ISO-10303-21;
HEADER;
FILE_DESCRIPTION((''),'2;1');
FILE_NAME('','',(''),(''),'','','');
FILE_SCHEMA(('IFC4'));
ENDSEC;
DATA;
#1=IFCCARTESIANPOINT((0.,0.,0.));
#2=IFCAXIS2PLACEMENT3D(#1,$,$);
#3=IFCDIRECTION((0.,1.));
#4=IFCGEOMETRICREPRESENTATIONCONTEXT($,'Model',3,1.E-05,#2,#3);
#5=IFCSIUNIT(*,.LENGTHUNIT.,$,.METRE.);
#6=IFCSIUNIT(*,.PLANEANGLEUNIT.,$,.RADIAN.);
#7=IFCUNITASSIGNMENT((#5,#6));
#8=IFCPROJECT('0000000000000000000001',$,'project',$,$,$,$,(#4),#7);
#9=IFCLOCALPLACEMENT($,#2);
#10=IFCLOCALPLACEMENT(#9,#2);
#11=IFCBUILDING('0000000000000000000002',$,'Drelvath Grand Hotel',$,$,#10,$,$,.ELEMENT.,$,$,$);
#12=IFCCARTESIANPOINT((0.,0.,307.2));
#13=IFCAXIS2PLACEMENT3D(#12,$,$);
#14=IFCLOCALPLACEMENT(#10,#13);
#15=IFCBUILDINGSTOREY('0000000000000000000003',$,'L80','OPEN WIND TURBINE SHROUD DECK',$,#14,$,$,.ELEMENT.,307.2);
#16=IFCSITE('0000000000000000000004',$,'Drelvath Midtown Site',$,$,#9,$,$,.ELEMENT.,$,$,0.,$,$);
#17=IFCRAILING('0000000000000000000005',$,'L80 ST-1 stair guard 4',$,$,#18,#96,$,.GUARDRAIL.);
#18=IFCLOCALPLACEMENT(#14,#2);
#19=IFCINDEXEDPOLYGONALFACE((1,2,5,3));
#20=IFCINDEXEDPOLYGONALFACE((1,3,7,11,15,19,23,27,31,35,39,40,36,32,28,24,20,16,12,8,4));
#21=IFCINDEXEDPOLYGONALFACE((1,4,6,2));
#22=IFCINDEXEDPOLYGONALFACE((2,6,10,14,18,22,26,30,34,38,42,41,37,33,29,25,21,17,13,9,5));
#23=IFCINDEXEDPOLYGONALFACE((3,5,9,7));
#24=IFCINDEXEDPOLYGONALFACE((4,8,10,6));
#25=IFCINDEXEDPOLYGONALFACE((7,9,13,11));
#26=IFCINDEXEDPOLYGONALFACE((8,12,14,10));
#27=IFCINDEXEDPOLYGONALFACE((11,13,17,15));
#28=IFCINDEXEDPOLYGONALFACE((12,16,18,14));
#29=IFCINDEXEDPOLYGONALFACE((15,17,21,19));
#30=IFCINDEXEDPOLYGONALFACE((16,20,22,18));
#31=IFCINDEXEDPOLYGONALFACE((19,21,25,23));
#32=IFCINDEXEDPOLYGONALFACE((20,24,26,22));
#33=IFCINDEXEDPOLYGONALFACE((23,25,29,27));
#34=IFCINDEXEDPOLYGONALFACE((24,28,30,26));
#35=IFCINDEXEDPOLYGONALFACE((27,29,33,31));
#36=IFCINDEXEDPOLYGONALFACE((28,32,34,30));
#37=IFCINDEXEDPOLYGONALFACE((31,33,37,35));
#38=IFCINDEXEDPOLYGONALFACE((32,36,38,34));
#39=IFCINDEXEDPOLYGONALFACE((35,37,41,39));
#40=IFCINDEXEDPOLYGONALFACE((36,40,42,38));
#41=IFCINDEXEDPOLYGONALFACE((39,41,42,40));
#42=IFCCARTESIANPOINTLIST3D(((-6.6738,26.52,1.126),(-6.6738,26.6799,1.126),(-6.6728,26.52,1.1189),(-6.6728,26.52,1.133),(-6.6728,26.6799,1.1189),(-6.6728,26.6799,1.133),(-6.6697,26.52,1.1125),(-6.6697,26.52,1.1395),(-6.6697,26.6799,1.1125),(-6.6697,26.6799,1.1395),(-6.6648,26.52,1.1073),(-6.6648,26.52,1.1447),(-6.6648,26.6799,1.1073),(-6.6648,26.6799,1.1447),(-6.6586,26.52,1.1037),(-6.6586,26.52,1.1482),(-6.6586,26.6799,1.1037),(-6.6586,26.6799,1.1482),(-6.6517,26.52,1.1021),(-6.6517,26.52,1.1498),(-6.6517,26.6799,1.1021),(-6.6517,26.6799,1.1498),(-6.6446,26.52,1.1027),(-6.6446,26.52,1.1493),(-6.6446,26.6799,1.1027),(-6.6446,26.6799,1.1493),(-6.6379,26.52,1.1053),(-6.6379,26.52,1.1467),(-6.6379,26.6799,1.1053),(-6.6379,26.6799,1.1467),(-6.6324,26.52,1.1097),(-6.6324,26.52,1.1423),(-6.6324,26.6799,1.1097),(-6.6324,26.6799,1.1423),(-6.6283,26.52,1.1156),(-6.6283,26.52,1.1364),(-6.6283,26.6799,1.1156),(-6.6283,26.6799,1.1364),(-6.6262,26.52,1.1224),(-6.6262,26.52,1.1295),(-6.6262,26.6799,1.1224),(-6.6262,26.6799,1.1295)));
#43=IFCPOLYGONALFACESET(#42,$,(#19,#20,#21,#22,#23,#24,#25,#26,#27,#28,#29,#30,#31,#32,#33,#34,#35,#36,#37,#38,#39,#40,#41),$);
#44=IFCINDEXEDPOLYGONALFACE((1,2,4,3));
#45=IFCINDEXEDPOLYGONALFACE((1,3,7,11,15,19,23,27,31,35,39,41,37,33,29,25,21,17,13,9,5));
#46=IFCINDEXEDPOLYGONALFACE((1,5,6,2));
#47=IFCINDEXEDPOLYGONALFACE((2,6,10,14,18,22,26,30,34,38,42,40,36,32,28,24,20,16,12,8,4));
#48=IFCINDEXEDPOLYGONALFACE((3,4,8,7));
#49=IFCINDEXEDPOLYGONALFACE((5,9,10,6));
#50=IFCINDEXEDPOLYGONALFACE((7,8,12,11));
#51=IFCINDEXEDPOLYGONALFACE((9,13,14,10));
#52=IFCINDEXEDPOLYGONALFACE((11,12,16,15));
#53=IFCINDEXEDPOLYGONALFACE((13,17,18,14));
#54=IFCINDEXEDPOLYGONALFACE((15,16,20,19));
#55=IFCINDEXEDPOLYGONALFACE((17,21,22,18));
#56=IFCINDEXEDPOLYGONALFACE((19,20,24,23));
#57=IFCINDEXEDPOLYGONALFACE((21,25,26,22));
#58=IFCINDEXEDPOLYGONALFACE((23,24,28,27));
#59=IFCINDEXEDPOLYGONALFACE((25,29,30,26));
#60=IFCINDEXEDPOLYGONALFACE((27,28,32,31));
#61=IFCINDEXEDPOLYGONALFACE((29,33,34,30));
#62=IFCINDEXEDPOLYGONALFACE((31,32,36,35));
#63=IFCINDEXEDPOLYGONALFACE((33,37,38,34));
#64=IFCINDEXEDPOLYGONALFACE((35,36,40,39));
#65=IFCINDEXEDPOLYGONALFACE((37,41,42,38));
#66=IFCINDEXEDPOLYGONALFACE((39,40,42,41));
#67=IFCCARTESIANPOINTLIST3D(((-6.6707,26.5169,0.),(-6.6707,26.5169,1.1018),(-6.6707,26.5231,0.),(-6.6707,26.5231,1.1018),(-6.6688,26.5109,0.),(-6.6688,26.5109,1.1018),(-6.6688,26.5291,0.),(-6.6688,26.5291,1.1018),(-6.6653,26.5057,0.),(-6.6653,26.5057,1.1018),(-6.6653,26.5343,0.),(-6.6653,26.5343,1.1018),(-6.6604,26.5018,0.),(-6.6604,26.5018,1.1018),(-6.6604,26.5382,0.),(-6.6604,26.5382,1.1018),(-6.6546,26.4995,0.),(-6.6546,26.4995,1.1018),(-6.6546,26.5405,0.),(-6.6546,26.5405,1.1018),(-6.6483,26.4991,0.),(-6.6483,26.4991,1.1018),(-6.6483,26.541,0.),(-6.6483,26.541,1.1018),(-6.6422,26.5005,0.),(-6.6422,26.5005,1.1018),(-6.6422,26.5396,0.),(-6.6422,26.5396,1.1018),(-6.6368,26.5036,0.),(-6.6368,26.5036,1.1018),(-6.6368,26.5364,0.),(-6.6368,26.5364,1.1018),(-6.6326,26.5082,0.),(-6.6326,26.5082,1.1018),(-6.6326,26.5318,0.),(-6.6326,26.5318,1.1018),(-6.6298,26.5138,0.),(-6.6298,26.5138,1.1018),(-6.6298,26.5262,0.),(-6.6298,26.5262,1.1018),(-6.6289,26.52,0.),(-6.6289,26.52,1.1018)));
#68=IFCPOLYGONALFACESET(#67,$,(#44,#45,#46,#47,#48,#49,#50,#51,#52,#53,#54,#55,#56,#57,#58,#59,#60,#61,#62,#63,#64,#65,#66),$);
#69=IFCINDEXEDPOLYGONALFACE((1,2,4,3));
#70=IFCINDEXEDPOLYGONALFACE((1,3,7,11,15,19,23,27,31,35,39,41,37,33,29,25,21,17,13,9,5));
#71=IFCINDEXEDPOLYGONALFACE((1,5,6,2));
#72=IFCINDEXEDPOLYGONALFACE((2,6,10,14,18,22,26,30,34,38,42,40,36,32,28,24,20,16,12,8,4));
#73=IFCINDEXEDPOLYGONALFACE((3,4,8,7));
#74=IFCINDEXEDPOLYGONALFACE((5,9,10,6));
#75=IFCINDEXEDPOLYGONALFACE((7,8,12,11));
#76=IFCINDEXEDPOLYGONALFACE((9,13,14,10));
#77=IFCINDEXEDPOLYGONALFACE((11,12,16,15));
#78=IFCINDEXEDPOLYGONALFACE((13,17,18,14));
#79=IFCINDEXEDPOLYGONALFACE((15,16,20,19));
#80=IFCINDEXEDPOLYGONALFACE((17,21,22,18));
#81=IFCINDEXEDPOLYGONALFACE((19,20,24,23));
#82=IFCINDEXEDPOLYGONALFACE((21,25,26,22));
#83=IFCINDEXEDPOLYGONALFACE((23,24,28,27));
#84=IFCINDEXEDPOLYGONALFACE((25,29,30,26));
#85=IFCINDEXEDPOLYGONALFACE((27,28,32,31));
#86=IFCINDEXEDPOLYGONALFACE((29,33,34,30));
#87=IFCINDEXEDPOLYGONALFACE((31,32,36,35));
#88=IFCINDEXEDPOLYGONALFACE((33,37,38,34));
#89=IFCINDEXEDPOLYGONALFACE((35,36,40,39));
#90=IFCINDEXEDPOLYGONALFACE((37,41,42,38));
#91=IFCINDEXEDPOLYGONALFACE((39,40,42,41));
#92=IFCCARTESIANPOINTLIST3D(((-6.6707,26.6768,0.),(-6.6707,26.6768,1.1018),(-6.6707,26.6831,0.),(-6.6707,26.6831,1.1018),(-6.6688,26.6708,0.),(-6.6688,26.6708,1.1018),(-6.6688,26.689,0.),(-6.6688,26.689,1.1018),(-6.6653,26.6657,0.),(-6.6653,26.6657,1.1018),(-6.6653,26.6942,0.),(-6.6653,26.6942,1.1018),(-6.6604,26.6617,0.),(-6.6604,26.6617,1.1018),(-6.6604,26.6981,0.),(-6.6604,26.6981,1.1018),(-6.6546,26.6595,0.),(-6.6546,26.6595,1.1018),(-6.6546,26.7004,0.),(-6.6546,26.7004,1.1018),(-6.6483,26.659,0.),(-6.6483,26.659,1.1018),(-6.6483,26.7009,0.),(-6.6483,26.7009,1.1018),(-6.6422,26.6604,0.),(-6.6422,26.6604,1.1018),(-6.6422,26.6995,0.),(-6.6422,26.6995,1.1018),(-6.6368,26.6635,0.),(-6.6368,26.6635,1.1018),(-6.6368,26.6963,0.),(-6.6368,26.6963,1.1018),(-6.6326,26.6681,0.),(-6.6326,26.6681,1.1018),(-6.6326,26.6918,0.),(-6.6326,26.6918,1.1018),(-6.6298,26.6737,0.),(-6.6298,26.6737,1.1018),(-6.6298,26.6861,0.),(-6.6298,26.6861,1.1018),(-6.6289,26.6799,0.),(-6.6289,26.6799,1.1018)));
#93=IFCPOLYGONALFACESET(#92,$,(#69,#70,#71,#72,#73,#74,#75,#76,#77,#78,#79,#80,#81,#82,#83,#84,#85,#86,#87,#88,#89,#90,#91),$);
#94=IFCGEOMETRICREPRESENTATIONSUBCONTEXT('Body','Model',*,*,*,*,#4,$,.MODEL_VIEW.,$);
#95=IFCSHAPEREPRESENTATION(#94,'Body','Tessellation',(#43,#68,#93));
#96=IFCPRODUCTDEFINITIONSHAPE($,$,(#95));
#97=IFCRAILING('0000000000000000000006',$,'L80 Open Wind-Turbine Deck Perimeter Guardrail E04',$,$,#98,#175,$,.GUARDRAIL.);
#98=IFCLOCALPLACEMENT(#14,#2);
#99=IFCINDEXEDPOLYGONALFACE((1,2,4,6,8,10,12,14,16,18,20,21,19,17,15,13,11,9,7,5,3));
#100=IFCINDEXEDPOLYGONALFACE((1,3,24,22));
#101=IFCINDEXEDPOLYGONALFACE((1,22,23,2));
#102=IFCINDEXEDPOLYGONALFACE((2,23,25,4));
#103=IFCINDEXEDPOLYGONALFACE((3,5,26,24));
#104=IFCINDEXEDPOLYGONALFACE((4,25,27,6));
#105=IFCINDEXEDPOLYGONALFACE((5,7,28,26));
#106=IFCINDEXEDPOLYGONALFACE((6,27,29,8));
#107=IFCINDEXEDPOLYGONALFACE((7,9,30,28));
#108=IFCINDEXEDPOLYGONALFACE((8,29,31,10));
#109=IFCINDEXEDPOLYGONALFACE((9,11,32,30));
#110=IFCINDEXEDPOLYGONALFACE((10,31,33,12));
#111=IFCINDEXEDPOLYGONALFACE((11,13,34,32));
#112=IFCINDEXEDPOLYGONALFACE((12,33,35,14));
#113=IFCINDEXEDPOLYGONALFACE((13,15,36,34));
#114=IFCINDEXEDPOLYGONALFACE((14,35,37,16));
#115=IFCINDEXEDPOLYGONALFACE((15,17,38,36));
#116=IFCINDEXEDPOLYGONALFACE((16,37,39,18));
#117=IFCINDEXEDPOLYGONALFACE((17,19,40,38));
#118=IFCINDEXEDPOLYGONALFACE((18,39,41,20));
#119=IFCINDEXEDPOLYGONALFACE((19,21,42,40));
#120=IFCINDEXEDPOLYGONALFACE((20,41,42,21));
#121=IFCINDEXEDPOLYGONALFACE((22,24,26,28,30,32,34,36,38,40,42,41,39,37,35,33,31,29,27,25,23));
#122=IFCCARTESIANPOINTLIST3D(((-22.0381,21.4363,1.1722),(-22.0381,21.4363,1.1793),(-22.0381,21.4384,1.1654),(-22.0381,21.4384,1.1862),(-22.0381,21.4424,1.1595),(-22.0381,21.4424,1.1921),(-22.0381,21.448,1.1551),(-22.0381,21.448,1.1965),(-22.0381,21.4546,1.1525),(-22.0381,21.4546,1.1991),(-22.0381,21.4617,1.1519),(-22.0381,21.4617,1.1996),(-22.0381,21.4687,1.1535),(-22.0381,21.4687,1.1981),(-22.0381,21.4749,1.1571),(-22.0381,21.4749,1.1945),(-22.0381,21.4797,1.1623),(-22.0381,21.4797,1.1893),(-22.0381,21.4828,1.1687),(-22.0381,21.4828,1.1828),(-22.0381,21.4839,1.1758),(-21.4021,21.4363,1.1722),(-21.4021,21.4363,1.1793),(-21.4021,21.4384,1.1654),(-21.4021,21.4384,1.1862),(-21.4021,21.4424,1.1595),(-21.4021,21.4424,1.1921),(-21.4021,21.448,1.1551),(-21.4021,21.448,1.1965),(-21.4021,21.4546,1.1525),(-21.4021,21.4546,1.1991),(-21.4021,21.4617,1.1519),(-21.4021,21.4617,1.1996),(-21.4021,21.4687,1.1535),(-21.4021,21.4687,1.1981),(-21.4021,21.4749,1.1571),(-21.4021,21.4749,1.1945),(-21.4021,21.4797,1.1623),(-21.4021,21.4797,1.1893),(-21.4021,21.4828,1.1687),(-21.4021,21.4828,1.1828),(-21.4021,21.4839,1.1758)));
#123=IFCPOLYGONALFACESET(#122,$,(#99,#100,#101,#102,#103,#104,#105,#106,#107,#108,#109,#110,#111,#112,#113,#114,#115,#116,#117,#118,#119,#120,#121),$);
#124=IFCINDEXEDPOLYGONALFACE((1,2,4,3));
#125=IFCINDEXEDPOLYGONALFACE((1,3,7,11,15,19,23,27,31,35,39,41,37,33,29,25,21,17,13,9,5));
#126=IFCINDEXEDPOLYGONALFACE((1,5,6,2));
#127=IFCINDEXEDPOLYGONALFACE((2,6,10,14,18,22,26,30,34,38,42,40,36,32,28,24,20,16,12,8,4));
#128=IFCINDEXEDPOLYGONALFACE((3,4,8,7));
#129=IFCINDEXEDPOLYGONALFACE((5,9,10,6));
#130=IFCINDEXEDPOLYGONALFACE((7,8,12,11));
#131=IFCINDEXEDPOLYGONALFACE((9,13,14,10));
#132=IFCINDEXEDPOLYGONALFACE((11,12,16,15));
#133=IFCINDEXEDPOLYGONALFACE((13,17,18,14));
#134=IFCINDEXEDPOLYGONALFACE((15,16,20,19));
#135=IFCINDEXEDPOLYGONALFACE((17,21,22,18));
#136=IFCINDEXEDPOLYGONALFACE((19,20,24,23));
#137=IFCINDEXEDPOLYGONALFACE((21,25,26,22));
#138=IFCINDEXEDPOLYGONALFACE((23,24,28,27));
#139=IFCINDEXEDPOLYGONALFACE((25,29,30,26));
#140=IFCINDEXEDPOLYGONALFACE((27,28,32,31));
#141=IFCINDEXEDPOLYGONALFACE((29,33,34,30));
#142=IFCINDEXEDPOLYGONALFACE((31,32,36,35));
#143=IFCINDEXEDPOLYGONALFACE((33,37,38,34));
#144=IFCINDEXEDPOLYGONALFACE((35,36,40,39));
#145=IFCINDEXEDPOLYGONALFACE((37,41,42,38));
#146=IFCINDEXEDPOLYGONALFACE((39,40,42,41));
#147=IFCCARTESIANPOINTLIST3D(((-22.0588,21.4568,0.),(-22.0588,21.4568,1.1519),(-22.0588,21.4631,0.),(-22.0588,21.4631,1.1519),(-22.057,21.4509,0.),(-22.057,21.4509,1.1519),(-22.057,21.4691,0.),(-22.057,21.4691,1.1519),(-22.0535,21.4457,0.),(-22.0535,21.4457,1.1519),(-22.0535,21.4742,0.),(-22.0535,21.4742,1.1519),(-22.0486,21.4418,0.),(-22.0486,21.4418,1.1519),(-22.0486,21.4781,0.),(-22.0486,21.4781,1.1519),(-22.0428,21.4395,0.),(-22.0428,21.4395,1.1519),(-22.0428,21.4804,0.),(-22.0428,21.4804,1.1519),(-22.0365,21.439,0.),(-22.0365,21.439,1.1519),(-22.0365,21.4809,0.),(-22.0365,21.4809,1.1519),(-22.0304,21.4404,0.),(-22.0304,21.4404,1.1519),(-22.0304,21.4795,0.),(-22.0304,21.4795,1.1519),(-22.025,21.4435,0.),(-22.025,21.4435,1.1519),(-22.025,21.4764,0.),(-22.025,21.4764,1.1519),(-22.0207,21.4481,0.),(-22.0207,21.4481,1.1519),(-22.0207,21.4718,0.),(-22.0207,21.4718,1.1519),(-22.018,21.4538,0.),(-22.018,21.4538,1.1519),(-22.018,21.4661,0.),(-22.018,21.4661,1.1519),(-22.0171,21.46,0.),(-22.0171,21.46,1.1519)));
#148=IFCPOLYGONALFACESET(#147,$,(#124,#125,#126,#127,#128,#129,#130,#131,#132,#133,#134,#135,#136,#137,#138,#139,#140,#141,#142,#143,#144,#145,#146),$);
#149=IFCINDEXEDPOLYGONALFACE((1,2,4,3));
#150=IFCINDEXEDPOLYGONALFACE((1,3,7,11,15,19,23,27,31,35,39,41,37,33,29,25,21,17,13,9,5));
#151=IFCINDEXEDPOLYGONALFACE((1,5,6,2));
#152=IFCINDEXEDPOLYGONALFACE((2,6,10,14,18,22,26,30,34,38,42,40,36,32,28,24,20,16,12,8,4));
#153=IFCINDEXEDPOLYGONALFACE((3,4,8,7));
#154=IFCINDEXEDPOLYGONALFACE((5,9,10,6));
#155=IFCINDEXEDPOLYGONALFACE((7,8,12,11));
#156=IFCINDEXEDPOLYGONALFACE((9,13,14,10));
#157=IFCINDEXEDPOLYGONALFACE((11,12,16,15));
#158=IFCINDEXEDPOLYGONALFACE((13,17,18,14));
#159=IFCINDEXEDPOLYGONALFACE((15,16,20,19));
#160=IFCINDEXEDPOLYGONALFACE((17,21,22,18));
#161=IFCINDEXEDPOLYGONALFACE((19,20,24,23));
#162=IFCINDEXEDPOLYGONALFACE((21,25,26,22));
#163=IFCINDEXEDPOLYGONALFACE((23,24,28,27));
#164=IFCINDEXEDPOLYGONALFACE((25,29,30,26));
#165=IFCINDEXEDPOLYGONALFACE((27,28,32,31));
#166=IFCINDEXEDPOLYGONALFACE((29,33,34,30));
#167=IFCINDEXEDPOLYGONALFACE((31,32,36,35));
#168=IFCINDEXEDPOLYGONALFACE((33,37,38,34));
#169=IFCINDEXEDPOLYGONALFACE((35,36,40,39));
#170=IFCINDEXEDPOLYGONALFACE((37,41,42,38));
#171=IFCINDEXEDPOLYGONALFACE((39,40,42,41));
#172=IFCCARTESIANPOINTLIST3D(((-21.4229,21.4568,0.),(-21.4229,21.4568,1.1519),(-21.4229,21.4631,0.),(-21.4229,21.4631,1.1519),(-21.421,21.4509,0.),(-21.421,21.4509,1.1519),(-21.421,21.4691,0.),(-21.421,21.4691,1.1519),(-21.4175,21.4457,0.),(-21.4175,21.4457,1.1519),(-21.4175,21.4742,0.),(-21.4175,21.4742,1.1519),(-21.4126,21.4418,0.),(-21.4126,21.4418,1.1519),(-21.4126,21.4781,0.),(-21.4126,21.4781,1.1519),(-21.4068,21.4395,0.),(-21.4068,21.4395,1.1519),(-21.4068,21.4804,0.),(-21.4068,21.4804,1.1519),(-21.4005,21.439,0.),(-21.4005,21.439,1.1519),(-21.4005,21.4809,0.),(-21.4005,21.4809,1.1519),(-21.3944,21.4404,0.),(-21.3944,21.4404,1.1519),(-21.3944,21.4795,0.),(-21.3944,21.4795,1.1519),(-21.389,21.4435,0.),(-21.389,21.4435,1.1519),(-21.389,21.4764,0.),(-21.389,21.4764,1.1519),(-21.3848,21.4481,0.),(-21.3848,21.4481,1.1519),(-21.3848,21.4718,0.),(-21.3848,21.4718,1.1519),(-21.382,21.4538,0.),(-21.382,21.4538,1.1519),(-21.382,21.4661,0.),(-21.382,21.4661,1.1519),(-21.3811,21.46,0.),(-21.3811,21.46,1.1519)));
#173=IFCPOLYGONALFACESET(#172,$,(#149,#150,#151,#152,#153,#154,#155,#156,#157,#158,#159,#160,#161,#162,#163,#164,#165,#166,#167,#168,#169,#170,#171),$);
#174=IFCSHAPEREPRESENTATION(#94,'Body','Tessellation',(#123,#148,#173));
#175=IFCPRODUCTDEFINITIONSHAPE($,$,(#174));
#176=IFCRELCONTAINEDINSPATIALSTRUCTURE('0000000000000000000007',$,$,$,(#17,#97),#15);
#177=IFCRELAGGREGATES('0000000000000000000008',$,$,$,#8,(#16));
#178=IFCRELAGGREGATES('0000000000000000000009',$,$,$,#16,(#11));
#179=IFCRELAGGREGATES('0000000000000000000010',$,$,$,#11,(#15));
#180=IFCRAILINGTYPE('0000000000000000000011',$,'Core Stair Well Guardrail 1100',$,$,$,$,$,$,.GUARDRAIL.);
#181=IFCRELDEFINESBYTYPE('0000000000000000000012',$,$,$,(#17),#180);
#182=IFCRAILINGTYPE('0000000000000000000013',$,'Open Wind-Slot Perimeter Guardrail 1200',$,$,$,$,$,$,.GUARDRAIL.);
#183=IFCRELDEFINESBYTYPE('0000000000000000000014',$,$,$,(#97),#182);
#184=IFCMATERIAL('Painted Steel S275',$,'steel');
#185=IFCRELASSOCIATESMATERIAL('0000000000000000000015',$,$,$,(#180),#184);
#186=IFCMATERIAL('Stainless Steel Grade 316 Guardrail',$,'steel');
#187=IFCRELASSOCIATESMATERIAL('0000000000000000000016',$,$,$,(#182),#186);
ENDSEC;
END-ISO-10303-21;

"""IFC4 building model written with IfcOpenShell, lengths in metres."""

from ifc_helpers import new_model, si_unit, direction, frame, origin, origin_2d, place, context, subcontext, project, spatial, circle, extrude, material, type_object, element, save


model = new_model("IFC4")

# Units and contexts
model_context = context("Model", 3, precision=1e-05, world=origin(), true_north=direction((0.0, 1.0)))
body_context = subcontext(model_context, "Body", "Model", "MODEL_VIEW")
ifc_project = project(units=[si_unit("LENGTHUNIT", "METRE"), si_unit("PLANEANGLEUNIT", "RADIAN")], contexts=[model_context])

# Site, building, storey
site_placement = place(None, origin())
site = spatial("IfcSite", under=ifc_project, at=site_placement, Name="Drelvath Midtown Site", CompositionType="ELEMENT", RefElevation=0.0)
building_placement = place(site_placement, origin())
building = spatial("IfcBuilding", under=site, at=building_placement, Name="Drelvath Grand Hotel", CompositionType="ELEMENT")
storey_placement = place(building_placement, frame((0.0, 0.0, 307.2)))
storey = spatial("IfcBuildingStorey", under=building, at=storey_placement, Name="L80", Description="OPEN WIND TURBINE SHROUD DECK", CompositionType="ELEMENT", Elevation=307.2)

# Shared definitions
ifc_material_1 = material(Name="Painted Steel S275", Category="steel")

# Railings
railing_type_1 = type_object("IfcRailingType", Name="Core Stair Well Guardrail 1100", PredefinedType="GUARDRAIL", material=ifc_material_1)
railing_1_placement = place(storey_placement, frame((-6.6499, 26.52, 0.0)))
element("IfcRailing", 1, at=railing_1_placement, inside=storey, type_object=railing_type_1, Name="L80 ST-1 stair guard 4", PredefinedType="GUARDRAIL", context=body_context, shape_type="SweptSolid", body=[
    extrude(circle(Radius=0.0239, at=origin_2d()), frame((0.0, 0.0, 1.126), z_axis=(0.0, 1.0, 0.0), x_axis=(-1.0, 0.0, 0.0)), (0.0, 0.0, 1.0), 0.1599),
    extrude(circle(Radius=0.021, at=origin_2d()), origin(), (0.0, 0.0, 1.0), 1.1018),
    extrude(circle(Radius=0.021, at=origin_2d()), frame((0.0, 0.1599, 0.0)), (0.0, 0.0, 1.0), 1.1018),
])
ifc_material_2 = material(Name="Stainless Steel Grade 316 Guardrail", Category="steel")
railing_type_2 = type_object("IfcRailingType", Name="Open Wind-Slot Perimeter Guardrail 1200", PredefinedType="GUARDRAIL", material=ifc_material_2)
railing_2_placement = place(storey_placement, frame((-22.0381, 21.46, 0.0)))
element("IfcRailing", 2, at=railing_2_placement, inside=storey, type_object=railing_type_2, Name="L80 Open Wind-Turbine Deck Perimeter Guardrail E04", PredefinedType="GUARDRAIL", context=body_context, shape_type="SweptSolid", body=[
    extrude(circle(Radius=0.0239, at=origin_2d()), frame((0.0, 0.0, 1.1758), z_axis=(1.0, 0.0, 0.0), x_axis=(0.0, 1.0, 0.0)), (0.0, 0.0, 1.0), 0.636),
    extrude(circle(Radius=0.021, at=origin_2d()), origin(), (0.0, 0.0, 1.0), 1.1519),
    extrude(circle(Radius=0.021, at=origin_2d()), frame((0.636, 0.0, 0.0)), (0.0, 0.0, 1.0), 1.1519),
])

save(model, "model.ifc")
